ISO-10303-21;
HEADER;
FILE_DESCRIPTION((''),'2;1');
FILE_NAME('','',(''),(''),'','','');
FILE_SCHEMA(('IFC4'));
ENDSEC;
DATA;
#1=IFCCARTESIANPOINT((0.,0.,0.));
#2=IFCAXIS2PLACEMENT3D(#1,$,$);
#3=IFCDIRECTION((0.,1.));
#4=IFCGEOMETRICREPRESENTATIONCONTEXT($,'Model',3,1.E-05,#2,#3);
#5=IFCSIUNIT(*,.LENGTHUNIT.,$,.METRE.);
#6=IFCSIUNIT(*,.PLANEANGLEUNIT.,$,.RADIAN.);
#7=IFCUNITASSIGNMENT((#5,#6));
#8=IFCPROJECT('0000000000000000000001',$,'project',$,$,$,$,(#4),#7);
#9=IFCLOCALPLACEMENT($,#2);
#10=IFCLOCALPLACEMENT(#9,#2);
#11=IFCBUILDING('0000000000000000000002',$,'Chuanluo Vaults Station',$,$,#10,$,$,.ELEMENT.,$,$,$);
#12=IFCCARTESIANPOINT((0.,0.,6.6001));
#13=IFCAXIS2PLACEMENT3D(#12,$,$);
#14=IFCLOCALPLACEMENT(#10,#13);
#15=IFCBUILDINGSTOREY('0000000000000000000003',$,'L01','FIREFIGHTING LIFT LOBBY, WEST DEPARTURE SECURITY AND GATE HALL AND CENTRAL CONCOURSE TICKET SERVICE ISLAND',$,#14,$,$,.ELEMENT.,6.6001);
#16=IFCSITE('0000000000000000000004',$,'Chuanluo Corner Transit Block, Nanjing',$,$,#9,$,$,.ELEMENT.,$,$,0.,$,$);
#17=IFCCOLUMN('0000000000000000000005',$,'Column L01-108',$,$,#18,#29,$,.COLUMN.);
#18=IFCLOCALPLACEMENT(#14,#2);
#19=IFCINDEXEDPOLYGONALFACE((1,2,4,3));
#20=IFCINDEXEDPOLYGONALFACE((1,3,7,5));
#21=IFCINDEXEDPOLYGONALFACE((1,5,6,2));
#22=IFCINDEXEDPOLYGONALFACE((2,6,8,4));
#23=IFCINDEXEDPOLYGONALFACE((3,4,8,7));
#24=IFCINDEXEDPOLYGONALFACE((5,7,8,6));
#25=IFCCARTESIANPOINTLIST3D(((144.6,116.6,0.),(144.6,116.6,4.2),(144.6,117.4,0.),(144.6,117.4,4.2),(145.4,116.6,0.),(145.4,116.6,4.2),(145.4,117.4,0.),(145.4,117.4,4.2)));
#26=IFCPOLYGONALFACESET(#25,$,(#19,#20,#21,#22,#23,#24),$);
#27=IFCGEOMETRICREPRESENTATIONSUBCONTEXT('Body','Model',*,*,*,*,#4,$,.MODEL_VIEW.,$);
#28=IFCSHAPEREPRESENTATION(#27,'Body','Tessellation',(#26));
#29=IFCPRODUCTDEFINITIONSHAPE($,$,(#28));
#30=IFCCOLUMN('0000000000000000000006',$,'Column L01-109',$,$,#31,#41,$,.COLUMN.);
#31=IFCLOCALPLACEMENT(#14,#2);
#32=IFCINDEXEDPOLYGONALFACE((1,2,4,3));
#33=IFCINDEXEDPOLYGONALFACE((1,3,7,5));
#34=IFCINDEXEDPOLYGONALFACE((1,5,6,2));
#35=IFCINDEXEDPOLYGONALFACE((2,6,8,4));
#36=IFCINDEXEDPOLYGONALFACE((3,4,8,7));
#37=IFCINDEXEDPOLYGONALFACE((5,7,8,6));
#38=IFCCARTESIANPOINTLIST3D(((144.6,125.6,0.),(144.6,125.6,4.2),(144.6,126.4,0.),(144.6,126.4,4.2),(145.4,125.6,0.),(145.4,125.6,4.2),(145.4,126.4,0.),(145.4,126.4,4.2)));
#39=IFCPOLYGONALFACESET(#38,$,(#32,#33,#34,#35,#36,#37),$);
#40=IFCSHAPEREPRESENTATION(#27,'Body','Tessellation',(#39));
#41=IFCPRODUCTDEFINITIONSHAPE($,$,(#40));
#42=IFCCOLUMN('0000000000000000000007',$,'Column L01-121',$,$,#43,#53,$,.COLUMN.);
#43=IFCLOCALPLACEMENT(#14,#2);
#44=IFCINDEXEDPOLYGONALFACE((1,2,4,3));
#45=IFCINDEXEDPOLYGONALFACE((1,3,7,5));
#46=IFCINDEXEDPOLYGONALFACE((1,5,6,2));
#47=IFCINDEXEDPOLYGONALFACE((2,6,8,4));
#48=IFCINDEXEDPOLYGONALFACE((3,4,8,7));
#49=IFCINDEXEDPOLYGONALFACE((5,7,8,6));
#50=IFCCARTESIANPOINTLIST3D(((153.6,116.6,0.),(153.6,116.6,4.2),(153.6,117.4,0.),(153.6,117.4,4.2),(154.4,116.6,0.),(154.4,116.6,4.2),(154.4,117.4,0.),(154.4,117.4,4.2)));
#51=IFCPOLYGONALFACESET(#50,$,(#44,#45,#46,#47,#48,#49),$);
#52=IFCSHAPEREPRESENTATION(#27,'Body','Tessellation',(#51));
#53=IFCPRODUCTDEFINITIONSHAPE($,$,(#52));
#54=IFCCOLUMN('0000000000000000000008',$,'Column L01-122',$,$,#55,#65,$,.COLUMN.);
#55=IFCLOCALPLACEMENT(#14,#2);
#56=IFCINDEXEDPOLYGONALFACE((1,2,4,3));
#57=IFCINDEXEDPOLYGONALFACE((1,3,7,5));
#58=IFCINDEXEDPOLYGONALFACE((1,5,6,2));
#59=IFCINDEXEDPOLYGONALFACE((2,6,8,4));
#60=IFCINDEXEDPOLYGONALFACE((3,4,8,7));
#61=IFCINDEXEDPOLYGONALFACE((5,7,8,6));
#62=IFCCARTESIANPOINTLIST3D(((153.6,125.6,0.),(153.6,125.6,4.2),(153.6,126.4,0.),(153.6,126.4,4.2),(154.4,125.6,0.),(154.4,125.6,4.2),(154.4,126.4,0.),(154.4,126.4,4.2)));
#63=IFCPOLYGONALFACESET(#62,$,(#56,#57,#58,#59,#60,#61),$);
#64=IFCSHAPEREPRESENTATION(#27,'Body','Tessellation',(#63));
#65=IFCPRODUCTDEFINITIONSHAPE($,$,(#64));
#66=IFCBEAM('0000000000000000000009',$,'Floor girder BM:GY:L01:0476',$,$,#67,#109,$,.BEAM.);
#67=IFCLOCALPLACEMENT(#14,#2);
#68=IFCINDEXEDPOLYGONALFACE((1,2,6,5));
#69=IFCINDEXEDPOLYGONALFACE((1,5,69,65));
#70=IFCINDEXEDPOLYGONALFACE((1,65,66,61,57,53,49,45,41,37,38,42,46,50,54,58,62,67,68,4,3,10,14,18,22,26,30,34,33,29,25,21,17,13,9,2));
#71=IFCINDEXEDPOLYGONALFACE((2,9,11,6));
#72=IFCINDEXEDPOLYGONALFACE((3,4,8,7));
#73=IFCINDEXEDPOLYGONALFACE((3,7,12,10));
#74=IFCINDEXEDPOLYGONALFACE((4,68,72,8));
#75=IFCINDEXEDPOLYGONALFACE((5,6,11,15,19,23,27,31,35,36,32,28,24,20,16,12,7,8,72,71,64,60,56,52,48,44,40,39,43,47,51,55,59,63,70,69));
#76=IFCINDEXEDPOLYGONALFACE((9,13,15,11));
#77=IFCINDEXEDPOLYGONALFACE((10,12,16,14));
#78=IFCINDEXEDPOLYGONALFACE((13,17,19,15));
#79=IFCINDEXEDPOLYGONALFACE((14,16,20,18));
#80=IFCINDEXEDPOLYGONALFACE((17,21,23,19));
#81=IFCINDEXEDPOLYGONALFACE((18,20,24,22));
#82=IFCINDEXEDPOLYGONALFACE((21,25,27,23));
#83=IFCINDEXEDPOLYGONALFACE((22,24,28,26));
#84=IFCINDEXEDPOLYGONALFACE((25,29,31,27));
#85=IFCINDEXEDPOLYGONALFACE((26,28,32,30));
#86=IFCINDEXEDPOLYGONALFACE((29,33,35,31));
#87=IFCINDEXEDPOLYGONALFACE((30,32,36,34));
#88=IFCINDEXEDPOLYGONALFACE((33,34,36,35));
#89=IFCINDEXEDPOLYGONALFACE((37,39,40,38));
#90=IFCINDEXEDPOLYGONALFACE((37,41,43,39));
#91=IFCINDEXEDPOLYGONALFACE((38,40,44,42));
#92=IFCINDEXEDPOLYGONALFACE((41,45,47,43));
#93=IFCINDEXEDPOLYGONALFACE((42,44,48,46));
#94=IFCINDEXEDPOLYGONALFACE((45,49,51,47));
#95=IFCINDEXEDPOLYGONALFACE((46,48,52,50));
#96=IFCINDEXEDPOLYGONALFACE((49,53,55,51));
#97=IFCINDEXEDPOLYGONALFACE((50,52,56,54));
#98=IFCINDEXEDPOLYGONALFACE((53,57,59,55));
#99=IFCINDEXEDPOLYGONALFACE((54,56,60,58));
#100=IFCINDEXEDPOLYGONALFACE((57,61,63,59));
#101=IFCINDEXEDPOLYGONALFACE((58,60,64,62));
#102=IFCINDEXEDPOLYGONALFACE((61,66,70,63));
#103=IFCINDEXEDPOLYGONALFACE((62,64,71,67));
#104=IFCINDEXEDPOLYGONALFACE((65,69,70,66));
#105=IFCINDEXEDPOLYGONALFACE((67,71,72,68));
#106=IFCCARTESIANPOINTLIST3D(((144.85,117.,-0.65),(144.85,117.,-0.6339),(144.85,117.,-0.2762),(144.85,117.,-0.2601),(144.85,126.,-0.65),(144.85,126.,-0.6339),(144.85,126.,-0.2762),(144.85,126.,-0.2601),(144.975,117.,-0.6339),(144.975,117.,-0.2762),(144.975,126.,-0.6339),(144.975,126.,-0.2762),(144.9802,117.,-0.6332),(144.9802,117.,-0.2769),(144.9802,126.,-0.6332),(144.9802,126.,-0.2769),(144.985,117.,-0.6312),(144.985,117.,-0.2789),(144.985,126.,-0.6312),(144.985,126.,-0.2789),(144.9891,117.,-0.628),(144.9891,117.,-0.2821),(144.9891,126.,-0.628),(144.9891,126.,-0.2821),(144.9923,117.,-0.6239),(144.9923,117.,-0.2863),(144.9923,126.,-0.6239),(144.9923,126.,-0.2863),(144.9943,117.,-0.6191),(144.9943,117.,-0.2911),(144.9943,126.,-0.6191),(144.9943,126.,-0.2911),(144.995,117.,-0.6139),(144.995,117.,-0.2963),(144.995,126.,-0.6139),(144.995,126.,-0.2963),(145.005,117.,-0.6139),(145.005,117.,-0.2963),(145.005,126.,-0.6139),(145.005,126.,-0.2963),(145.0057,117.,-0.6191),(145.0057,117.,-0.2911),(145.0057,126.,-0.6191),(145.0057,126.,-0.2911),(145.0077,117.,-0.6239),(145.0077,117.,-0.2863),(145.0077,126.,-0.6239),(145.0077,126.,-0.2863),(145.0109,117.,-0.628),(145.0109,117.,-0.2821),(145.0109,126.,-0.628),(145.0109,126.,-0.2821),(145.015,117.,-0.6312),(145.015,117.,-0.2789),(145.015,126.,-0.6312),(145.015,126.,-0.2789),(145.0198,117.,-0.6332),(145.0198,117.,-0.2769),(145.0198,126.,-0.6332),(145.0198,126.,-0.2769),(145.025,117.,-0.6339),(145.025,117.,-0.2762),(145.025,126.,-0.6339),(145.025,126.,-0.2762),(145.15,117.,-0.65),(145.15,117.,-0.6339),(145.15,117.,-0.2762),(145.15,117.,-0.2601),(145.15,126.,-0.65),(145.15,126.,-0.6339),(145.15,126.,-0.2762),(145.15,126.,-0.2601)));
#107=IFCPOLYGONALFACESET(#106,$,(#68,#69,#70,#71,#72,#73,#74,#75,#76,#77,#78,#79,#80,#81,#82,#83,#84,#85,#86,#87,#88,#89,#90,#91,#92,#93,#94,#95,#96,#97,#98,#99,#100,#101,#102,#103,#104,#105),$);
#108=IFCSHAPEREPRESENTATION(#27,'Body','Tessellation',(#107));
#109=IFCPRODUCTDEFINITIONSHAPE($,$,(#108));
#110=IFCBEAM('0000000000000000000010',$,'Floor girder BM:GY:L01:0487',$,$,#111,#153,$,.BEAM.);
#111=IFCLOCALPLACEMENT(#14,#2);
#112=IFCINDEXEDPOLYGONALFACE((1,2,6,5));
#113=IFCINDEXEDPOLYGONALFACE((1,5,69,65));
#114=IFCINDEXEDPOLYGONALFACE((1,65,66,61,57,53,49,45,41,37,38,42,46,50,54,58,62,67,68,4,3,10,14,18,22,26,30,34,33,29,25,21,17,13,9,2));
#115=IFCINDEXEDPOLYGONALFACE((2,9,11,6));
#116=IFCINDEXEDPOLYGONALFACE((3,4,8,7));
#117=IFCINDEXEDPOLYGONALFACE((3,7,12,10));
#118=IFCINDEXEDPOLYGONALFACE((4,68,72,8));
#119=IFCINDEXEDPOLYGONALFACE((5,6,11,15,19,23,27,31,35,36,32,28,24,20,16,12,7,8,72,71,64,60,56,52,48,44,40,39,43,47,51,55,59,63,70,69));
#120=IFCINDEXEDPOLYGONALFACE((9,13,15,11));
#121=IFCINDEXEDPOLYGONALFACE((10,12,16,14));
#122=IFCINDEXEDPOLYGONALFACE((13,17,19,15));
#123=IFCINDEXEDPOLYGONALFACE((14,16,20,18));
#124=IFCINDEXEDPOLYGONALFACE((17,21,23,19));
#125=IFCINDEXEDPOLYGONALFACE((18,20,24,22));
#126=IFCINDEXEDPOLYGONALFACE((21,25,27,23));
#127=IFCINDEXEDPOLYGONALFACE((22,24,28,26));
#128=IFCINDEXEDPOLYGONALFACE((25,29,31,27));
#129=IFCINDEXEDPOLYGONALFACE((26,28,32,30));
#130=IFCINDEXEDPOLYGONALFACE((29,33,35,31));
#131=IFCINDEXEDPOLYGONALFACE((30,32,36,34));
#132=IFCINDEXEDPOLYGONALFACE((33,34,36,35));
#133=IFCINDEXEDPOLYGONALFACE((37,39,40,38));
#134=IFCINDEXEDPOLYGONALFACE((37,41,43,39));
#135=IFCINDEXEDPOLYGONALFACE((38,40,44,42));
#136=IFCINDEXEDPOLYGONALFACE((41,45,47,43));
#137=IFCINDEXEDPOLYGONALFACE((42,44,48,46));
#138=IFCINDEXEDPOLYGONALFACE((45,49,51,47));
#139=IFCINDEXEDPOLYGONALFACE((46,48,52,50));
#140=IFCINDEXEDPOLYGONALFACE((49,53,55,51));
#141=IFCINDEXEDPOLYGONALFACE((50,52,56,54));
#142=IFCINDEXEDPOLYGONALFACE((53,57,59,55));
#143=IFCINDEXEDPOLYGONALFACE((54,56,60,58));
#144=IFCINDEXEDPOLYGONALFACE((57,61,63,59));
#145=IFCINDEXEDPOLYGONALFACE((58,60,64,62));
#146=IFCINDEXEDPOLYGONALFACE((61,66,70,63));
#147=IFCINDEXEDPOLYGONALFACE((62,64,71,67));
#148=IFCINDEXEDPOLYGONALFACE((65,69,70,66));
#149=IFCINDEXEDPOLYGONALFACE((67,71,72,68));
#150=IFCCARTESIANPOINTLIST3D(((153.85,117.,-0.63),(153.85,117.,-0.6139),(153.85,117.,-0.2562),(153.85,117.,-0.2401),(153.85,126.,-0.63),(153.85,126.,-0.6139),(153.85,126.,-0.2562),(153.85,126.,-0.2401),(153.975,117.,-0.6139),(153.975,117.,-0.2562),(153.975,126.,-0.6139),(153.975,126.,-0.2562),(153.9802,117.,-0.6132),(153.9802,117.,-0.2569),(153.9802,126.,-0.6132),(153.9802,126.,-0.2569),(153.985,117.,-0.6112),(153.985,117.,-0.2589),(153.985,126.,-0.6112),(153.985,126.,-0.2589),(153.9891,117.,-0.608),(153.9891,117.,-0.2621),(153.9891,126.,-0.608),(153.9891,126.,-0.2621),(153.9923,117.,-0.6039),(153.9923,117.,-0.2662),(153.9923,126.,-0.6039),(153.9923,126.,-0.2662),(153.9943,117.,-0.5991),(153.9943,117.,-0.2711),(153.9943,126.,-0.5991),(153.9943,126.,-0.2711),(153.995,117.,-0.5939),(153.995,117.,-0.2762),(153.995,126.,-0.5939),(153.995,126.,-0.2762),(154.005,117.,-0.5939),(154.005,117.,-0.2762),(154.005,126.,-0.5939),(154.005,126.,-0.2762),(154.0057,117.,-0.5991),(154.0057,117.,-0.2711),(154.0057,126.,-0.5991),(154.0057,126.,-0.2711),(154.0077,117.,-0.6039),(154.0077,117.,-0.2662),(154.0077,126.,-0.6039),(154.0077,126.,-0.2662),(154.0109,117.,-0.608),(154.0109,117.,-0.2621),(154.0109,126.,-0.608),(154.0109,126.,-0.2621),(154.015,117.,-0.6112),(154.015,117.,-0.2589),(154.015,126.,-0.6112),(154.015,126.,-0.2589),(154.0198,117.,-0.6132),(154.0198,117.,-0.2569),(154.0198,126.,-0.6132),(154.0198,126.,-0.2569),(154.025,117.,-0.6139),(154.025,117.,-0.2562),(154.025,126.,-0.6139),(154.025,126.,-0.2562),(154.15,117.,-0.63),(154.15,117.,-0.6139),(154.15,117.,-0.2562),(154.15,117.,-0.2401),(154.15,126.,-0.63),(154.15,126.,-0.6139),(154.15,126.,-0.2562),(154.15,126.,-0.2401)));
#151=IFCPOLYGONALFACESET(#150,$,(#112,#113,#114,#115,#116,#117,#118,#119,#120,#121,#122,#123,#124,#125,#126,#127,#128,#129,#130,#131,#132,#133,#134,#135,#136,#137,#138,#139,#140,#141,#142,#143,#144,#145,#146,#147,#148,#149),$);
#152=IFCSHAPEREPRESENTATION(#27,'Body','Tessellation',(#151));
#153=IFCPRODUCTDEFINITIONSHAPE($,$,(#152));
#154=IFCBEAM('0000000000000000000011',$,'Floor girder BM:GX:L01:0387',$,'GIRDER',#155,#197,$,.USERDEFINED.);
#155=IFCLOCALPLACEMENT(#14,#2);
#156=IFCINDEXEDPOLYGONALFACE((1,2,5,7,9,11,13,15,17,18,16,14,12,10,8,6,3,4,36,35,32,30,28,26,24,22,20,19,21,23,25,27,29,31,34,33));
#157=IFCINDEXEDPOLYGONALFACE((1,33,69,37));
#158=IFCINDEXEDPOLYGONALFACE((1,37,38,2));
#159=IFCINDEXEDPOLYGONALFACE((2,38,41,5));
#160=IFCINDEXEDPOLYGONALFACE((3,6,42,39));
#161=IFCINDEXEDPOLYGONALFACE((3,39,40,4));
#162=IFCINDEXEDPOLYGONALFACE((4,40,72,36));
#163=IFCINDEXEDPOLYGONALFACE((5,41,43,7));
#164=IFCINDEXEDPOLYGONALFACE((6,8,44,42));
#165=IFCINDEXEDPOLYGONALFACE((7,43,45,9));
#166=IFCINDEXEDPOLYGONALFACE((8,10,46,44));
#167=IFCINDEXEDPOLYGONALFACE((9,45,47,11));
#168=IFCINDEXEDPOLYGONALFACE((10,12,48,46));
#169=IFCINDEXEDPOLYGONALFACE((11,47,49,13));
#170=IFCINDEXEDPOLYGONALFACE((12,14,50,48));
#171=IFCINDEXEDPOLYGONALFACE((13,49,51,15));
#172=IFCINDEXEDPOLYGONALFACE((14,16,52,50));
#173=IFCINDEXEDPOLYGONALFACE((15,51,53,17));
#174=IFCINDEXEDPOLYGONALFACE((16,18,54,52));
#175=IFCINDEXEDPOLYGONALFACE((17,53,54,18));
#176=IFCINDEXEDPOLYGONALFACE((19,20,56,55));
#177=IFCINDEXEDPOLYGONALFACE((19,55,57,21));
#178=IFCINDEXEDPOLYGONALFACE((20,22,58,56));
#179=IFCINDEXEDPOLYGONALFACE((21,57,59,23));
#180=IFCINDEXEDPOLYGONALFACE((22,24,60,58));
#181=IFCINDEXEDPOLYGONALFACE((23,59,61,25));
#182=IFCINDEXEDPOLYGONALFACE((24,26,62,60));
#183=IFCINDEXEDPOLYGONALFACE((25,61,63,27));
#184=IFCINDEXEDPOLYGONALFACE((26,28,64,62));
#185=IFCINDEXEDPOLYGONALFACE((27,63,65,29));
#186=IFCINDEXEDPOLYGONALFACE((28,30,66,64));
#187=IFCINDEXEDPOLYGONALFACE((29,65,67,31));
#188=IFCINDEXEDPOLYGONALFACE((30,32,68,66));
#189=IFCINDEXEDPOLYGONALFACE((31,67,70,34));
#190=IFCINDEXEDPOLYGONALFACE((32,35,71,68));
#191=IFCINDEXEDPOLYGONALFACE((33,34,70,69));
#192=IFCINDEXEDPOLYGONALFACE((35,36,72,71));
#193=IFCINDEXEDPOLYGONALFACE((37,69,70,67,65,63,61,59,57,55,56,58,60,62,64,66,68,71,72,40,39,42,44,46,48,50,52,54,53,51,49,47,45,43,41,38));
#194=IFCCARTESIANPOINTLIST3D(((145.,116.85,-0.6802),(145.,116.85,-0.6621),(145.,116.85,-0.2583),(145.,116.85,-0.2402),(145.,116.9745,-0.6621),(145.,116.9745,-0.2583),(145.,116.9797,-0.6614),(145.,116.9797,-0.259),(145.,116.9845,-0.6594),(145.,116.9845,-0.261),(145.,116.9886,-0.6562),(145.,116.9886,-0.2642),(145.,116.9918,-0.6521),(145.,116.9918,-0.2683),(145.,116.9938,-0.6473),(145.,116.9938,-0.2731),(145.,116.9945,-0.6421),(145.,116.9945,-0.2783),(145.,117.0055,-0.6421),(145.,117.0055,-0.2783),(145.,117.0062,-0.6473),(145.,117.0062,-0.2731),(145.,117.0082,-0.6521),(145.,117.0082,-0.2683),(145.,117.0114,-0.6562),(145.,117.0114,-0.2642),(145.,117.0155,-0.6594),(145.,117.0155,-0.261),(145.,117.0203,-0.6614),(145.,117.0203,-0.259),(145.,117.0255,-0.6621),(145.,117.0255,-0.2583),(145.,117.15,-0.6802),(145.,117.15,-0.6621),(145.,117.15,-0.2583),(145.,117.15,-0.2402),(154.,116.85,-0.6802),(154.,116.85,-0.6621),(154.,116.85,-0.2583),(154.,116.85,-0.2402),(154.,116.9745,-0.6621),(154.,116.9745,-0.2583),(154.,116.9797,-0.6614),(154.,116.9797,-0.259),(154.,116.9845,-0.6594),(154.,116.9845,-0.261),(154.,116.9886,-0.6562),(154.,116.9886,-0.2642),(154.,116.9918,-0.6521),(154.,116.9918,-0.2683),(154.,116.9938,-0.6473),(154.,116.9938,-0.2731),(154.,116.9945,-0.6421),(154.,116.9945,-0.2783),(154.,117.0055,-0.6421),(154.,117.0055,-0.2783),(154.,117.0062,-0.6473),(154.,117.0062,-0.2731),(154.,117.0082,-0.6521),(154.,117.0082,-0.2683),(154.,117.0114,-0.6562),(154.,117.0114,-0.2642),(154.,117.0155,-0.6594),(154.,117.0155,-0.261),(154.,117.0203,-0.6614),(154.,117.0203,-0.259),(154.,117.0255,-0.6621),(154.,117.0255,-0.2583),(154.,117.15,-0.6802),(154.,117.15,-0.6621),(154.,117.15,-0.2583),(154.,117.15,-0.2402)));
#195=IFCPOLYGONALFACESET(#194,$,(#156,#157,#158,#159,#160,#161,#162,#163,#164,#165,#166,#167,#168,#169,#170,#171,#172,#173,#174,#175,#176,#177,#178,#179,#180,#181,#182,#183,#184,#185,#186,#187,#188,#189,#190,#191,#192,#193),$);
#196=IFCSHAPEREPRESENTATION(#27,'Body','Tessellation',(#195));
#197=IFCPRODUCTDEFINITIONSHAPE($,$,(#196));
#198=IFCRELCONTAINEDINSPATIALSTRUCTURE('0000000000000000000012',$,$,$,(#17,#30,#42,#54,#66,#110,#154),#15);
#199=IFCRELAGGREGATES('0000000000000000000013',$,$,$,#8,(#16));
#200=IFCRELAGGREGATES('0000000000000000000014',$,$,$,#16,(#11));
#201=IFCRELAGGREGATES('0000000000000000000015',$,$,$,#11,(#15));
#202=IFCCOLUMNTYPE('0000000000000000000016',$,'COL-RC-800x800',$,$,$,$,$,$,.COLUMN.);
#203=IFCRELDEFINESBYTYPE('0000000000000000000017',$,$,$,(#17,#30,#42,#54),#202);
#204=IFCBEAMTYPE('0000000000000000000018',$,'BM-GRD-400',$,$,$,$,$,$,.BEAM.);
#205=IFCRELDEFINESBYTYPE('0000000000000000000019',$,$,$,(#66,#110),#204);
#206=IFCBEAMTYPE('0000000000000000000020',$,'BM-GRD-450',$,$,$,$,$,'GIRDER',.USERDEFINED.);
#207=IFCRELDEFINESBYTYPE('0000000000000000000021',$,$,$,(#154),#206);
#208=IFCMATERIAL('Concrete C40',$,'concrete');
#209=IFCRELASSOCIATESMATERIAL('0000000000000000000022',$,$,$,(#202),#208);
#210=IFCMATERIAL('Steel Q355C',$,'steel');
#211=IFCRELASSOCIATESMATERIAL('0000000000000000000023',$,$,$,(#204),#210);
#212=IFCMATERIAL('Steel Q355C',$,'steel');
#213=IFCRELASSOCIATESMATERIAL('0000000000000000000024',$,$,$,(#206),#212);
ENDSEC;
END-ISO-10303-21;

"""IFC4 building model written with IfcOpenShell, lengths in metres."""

from ifc_helpers import new_model, si_unit, direction, frame, origin, origin_2d, place, context, subcontext, project, spatial, rectangle, i_section, extrude, material, material_profile, profile_set, type_object, element, save


model = new_model("IFC4")

# Units and contexts
model_context = context("Model", 3, precision=1e-05, world=origin(), true_north=direction((0.0, 1.0)))
body_context = subcontext(model_context, "Body", "Model", "MODEL_VIEW")
ifc_project = project(units=[si_unit("LENGTHUNIT", "METRE"), si_unit("PLANEANGLEUNIT", "RADIAN")], contexts=[model_context])

# Site, building, storey
site_placement = place(None, origin())
site = spatial("IfcSite", under=ifc_project, at=site_placement, Name="Chuanluo Corner Transit Block, Nanjing", CompositionType="ELEMENT", RefElevation=0.0)
building_placement = place(site_placement, origin())
building = spatial("IfcBuilding", under=site, at=building_placement, Name="Chuanluo Vaults Station", CompositionType="ELEMENT")
storey_placement = place(building_placement, frame((0.0, 0.0, 6.6001)))
storey = spatial("IfcBuildingStorey", under=building, at=storey_placement, Name="L01", Description="FIREFIGHTING LIFT LOBBY, WEST DEPARTURE SECURITY AND GATE HALL AND CENTRAL CONCOURSE TICKET SERVICE ISLAND", CompositionType="ELEMENT", Elevation=6.6001)

# Columns
ifc_material_1 = material(Name="Concrete C40", Category="concrete")
ifc_material_profile_1 = material_profile(ifc_material_1, rectangle(XDim=0.8, YDim=0.8, at=origin_2d()))
ifc_profile_set_1 = profile_set([ifc_material_profile_1], Name="Concrete C40")
column_type = type_object("IfcColumnType", Name="COL-RC-800x800", PredefinedType="COLUMN", material=ifc_profile_set_1)
for number, where, z_axis, x_axis, name in (
    (1, (145.0, 117.0, 0.0), (0.0, 0.0, 1.0), (1.0, 0.0, 0.0), "Column L01-108"),
    (2, (145.0, 126.0, 0.0), (0.0, 0.0, 1.0), (1.0, 0.0, 0.0), "Column L01-109"),
    (3, (154.0, 117.0, 0.0), (0.0, 0.0, 1.0), (1.0, 0.0, 0.0), "Column L01-121"),
    (4, (154.0, 126.0, 0.0), (0.0, 0.0, 1.0), (1.0, 0.0, 0.0), "Column L01-122"),
):
    element("IfcColumn", number, at=place(storey_placement, frame(where, z_axis=z_axis, x_axis=x_axis)), inside=storey, type_object=column_type, Name=name, PredefinedType="COLUMN", context=body_context, shape_type="SweptSolid", body=[
        extrude(rectangle(XDim=0.8, YDim=0.8, at=origin_2d()), origin(), (0.0, 0.0, 1.0), 4.2),
    ])

# Beams
ifc_material_2 = material(Name="Steel Q355C", Category="steel")
ifc_material_profile_2 = material_profile(ifc_material_2, i_section(OverallWidth=0.3, OverallDepth=0.3899, WebThickness=0.01, FlangeThickness=0.0161, FilletRadius=0.02, at=origin_2d()))
ifc_profile_set_2 = profile_set([ifc_material_profile_2], Name="Steel Q355C")
beam_type_1 = type_object("IfcBeamType", Name="BM-GRD-400", PredefinedType="BEAM", material=ifc_profile_set_2)
for number, where, z_axis, x_axis, name in (
    (5, (145.0, 117.0, -0.4551), (0.0, 1.0, 0.0), (-1.0, 0.0, 0.0), "Floor girder BM:GY:L01:0476"),
    (6, (154.0, 117.0, -0.4351), (0.0, 1.0, 0.0), (-1.0, 0.0, 0.0), "Floor girder BM:GY:L01:0487"),
):
    element("IfcBeam", number, at=place(storey_placement, frame(where, z_axis=z_axis, x_axis=x_axis)), inside=storey, type_object=beam_type_1, Name=name, PredefinedType="BEAM", context=body_context, shape_type="SweptSolid", body=[
        extrude(i_section(OverallWidth=0.3, OverallDepth=0.3899, WebThickness=0.01, FlangeThickness=0.0161, FilletRadius=0.02, at=origin_2d()), origin(), (0.0, 0.0, 1.0), 9.0),
    ])
ifc_material_3 = material(Name="Steel Q355C", Category="steel")
ifc_material_profile_3 = material_profile(ifc_material_3, i_section(OverallWidth=0.3, OverallDepth=0.4399, WebThickness=0.011, FlangeThickness=0.0181, FilletRadius=0.02, at=origin_2d()))
ifc_profile_set_3 = profile_set([ifc_material_profile_3], Name="Steel Q355C")
beam_type_2 = type_object("IfcBeamType", Name="BM-GRD-450", ElementType="GIRDER", PredefinedType="USERDEFINED", material=ifc_profile_set_3)
for number, where, z_axis, x_axis, name in (
    (7, (145.0, 117.0, -0.4602), (1.0, 0.0, 0.0), (0.0, 1.0, 0.0), "Floor girder BM:GX:L01:0387"),
):
    element("IfcBeam", number, at=place(storey_placement, frame(where, z_axis=z_axis, x_axis=x_axis)), inside=storey, type_object=beam_type_2, Name=name, ObjectType="GIRDER", PredefinedType="USERDEFINED", context=body_context, shape_type="SweptSolid", body=[
        extrude(i_section(OverallWidth=0.3, OverallDepth=0.4399, WebThickness=0.011, FlangeThickness=0.0181, FilletRadius=0.02, at=origin_2d()), origin(), (0.0, 0.0, 1.0), 9.0),
    ])

save(model, "model.ifc")
